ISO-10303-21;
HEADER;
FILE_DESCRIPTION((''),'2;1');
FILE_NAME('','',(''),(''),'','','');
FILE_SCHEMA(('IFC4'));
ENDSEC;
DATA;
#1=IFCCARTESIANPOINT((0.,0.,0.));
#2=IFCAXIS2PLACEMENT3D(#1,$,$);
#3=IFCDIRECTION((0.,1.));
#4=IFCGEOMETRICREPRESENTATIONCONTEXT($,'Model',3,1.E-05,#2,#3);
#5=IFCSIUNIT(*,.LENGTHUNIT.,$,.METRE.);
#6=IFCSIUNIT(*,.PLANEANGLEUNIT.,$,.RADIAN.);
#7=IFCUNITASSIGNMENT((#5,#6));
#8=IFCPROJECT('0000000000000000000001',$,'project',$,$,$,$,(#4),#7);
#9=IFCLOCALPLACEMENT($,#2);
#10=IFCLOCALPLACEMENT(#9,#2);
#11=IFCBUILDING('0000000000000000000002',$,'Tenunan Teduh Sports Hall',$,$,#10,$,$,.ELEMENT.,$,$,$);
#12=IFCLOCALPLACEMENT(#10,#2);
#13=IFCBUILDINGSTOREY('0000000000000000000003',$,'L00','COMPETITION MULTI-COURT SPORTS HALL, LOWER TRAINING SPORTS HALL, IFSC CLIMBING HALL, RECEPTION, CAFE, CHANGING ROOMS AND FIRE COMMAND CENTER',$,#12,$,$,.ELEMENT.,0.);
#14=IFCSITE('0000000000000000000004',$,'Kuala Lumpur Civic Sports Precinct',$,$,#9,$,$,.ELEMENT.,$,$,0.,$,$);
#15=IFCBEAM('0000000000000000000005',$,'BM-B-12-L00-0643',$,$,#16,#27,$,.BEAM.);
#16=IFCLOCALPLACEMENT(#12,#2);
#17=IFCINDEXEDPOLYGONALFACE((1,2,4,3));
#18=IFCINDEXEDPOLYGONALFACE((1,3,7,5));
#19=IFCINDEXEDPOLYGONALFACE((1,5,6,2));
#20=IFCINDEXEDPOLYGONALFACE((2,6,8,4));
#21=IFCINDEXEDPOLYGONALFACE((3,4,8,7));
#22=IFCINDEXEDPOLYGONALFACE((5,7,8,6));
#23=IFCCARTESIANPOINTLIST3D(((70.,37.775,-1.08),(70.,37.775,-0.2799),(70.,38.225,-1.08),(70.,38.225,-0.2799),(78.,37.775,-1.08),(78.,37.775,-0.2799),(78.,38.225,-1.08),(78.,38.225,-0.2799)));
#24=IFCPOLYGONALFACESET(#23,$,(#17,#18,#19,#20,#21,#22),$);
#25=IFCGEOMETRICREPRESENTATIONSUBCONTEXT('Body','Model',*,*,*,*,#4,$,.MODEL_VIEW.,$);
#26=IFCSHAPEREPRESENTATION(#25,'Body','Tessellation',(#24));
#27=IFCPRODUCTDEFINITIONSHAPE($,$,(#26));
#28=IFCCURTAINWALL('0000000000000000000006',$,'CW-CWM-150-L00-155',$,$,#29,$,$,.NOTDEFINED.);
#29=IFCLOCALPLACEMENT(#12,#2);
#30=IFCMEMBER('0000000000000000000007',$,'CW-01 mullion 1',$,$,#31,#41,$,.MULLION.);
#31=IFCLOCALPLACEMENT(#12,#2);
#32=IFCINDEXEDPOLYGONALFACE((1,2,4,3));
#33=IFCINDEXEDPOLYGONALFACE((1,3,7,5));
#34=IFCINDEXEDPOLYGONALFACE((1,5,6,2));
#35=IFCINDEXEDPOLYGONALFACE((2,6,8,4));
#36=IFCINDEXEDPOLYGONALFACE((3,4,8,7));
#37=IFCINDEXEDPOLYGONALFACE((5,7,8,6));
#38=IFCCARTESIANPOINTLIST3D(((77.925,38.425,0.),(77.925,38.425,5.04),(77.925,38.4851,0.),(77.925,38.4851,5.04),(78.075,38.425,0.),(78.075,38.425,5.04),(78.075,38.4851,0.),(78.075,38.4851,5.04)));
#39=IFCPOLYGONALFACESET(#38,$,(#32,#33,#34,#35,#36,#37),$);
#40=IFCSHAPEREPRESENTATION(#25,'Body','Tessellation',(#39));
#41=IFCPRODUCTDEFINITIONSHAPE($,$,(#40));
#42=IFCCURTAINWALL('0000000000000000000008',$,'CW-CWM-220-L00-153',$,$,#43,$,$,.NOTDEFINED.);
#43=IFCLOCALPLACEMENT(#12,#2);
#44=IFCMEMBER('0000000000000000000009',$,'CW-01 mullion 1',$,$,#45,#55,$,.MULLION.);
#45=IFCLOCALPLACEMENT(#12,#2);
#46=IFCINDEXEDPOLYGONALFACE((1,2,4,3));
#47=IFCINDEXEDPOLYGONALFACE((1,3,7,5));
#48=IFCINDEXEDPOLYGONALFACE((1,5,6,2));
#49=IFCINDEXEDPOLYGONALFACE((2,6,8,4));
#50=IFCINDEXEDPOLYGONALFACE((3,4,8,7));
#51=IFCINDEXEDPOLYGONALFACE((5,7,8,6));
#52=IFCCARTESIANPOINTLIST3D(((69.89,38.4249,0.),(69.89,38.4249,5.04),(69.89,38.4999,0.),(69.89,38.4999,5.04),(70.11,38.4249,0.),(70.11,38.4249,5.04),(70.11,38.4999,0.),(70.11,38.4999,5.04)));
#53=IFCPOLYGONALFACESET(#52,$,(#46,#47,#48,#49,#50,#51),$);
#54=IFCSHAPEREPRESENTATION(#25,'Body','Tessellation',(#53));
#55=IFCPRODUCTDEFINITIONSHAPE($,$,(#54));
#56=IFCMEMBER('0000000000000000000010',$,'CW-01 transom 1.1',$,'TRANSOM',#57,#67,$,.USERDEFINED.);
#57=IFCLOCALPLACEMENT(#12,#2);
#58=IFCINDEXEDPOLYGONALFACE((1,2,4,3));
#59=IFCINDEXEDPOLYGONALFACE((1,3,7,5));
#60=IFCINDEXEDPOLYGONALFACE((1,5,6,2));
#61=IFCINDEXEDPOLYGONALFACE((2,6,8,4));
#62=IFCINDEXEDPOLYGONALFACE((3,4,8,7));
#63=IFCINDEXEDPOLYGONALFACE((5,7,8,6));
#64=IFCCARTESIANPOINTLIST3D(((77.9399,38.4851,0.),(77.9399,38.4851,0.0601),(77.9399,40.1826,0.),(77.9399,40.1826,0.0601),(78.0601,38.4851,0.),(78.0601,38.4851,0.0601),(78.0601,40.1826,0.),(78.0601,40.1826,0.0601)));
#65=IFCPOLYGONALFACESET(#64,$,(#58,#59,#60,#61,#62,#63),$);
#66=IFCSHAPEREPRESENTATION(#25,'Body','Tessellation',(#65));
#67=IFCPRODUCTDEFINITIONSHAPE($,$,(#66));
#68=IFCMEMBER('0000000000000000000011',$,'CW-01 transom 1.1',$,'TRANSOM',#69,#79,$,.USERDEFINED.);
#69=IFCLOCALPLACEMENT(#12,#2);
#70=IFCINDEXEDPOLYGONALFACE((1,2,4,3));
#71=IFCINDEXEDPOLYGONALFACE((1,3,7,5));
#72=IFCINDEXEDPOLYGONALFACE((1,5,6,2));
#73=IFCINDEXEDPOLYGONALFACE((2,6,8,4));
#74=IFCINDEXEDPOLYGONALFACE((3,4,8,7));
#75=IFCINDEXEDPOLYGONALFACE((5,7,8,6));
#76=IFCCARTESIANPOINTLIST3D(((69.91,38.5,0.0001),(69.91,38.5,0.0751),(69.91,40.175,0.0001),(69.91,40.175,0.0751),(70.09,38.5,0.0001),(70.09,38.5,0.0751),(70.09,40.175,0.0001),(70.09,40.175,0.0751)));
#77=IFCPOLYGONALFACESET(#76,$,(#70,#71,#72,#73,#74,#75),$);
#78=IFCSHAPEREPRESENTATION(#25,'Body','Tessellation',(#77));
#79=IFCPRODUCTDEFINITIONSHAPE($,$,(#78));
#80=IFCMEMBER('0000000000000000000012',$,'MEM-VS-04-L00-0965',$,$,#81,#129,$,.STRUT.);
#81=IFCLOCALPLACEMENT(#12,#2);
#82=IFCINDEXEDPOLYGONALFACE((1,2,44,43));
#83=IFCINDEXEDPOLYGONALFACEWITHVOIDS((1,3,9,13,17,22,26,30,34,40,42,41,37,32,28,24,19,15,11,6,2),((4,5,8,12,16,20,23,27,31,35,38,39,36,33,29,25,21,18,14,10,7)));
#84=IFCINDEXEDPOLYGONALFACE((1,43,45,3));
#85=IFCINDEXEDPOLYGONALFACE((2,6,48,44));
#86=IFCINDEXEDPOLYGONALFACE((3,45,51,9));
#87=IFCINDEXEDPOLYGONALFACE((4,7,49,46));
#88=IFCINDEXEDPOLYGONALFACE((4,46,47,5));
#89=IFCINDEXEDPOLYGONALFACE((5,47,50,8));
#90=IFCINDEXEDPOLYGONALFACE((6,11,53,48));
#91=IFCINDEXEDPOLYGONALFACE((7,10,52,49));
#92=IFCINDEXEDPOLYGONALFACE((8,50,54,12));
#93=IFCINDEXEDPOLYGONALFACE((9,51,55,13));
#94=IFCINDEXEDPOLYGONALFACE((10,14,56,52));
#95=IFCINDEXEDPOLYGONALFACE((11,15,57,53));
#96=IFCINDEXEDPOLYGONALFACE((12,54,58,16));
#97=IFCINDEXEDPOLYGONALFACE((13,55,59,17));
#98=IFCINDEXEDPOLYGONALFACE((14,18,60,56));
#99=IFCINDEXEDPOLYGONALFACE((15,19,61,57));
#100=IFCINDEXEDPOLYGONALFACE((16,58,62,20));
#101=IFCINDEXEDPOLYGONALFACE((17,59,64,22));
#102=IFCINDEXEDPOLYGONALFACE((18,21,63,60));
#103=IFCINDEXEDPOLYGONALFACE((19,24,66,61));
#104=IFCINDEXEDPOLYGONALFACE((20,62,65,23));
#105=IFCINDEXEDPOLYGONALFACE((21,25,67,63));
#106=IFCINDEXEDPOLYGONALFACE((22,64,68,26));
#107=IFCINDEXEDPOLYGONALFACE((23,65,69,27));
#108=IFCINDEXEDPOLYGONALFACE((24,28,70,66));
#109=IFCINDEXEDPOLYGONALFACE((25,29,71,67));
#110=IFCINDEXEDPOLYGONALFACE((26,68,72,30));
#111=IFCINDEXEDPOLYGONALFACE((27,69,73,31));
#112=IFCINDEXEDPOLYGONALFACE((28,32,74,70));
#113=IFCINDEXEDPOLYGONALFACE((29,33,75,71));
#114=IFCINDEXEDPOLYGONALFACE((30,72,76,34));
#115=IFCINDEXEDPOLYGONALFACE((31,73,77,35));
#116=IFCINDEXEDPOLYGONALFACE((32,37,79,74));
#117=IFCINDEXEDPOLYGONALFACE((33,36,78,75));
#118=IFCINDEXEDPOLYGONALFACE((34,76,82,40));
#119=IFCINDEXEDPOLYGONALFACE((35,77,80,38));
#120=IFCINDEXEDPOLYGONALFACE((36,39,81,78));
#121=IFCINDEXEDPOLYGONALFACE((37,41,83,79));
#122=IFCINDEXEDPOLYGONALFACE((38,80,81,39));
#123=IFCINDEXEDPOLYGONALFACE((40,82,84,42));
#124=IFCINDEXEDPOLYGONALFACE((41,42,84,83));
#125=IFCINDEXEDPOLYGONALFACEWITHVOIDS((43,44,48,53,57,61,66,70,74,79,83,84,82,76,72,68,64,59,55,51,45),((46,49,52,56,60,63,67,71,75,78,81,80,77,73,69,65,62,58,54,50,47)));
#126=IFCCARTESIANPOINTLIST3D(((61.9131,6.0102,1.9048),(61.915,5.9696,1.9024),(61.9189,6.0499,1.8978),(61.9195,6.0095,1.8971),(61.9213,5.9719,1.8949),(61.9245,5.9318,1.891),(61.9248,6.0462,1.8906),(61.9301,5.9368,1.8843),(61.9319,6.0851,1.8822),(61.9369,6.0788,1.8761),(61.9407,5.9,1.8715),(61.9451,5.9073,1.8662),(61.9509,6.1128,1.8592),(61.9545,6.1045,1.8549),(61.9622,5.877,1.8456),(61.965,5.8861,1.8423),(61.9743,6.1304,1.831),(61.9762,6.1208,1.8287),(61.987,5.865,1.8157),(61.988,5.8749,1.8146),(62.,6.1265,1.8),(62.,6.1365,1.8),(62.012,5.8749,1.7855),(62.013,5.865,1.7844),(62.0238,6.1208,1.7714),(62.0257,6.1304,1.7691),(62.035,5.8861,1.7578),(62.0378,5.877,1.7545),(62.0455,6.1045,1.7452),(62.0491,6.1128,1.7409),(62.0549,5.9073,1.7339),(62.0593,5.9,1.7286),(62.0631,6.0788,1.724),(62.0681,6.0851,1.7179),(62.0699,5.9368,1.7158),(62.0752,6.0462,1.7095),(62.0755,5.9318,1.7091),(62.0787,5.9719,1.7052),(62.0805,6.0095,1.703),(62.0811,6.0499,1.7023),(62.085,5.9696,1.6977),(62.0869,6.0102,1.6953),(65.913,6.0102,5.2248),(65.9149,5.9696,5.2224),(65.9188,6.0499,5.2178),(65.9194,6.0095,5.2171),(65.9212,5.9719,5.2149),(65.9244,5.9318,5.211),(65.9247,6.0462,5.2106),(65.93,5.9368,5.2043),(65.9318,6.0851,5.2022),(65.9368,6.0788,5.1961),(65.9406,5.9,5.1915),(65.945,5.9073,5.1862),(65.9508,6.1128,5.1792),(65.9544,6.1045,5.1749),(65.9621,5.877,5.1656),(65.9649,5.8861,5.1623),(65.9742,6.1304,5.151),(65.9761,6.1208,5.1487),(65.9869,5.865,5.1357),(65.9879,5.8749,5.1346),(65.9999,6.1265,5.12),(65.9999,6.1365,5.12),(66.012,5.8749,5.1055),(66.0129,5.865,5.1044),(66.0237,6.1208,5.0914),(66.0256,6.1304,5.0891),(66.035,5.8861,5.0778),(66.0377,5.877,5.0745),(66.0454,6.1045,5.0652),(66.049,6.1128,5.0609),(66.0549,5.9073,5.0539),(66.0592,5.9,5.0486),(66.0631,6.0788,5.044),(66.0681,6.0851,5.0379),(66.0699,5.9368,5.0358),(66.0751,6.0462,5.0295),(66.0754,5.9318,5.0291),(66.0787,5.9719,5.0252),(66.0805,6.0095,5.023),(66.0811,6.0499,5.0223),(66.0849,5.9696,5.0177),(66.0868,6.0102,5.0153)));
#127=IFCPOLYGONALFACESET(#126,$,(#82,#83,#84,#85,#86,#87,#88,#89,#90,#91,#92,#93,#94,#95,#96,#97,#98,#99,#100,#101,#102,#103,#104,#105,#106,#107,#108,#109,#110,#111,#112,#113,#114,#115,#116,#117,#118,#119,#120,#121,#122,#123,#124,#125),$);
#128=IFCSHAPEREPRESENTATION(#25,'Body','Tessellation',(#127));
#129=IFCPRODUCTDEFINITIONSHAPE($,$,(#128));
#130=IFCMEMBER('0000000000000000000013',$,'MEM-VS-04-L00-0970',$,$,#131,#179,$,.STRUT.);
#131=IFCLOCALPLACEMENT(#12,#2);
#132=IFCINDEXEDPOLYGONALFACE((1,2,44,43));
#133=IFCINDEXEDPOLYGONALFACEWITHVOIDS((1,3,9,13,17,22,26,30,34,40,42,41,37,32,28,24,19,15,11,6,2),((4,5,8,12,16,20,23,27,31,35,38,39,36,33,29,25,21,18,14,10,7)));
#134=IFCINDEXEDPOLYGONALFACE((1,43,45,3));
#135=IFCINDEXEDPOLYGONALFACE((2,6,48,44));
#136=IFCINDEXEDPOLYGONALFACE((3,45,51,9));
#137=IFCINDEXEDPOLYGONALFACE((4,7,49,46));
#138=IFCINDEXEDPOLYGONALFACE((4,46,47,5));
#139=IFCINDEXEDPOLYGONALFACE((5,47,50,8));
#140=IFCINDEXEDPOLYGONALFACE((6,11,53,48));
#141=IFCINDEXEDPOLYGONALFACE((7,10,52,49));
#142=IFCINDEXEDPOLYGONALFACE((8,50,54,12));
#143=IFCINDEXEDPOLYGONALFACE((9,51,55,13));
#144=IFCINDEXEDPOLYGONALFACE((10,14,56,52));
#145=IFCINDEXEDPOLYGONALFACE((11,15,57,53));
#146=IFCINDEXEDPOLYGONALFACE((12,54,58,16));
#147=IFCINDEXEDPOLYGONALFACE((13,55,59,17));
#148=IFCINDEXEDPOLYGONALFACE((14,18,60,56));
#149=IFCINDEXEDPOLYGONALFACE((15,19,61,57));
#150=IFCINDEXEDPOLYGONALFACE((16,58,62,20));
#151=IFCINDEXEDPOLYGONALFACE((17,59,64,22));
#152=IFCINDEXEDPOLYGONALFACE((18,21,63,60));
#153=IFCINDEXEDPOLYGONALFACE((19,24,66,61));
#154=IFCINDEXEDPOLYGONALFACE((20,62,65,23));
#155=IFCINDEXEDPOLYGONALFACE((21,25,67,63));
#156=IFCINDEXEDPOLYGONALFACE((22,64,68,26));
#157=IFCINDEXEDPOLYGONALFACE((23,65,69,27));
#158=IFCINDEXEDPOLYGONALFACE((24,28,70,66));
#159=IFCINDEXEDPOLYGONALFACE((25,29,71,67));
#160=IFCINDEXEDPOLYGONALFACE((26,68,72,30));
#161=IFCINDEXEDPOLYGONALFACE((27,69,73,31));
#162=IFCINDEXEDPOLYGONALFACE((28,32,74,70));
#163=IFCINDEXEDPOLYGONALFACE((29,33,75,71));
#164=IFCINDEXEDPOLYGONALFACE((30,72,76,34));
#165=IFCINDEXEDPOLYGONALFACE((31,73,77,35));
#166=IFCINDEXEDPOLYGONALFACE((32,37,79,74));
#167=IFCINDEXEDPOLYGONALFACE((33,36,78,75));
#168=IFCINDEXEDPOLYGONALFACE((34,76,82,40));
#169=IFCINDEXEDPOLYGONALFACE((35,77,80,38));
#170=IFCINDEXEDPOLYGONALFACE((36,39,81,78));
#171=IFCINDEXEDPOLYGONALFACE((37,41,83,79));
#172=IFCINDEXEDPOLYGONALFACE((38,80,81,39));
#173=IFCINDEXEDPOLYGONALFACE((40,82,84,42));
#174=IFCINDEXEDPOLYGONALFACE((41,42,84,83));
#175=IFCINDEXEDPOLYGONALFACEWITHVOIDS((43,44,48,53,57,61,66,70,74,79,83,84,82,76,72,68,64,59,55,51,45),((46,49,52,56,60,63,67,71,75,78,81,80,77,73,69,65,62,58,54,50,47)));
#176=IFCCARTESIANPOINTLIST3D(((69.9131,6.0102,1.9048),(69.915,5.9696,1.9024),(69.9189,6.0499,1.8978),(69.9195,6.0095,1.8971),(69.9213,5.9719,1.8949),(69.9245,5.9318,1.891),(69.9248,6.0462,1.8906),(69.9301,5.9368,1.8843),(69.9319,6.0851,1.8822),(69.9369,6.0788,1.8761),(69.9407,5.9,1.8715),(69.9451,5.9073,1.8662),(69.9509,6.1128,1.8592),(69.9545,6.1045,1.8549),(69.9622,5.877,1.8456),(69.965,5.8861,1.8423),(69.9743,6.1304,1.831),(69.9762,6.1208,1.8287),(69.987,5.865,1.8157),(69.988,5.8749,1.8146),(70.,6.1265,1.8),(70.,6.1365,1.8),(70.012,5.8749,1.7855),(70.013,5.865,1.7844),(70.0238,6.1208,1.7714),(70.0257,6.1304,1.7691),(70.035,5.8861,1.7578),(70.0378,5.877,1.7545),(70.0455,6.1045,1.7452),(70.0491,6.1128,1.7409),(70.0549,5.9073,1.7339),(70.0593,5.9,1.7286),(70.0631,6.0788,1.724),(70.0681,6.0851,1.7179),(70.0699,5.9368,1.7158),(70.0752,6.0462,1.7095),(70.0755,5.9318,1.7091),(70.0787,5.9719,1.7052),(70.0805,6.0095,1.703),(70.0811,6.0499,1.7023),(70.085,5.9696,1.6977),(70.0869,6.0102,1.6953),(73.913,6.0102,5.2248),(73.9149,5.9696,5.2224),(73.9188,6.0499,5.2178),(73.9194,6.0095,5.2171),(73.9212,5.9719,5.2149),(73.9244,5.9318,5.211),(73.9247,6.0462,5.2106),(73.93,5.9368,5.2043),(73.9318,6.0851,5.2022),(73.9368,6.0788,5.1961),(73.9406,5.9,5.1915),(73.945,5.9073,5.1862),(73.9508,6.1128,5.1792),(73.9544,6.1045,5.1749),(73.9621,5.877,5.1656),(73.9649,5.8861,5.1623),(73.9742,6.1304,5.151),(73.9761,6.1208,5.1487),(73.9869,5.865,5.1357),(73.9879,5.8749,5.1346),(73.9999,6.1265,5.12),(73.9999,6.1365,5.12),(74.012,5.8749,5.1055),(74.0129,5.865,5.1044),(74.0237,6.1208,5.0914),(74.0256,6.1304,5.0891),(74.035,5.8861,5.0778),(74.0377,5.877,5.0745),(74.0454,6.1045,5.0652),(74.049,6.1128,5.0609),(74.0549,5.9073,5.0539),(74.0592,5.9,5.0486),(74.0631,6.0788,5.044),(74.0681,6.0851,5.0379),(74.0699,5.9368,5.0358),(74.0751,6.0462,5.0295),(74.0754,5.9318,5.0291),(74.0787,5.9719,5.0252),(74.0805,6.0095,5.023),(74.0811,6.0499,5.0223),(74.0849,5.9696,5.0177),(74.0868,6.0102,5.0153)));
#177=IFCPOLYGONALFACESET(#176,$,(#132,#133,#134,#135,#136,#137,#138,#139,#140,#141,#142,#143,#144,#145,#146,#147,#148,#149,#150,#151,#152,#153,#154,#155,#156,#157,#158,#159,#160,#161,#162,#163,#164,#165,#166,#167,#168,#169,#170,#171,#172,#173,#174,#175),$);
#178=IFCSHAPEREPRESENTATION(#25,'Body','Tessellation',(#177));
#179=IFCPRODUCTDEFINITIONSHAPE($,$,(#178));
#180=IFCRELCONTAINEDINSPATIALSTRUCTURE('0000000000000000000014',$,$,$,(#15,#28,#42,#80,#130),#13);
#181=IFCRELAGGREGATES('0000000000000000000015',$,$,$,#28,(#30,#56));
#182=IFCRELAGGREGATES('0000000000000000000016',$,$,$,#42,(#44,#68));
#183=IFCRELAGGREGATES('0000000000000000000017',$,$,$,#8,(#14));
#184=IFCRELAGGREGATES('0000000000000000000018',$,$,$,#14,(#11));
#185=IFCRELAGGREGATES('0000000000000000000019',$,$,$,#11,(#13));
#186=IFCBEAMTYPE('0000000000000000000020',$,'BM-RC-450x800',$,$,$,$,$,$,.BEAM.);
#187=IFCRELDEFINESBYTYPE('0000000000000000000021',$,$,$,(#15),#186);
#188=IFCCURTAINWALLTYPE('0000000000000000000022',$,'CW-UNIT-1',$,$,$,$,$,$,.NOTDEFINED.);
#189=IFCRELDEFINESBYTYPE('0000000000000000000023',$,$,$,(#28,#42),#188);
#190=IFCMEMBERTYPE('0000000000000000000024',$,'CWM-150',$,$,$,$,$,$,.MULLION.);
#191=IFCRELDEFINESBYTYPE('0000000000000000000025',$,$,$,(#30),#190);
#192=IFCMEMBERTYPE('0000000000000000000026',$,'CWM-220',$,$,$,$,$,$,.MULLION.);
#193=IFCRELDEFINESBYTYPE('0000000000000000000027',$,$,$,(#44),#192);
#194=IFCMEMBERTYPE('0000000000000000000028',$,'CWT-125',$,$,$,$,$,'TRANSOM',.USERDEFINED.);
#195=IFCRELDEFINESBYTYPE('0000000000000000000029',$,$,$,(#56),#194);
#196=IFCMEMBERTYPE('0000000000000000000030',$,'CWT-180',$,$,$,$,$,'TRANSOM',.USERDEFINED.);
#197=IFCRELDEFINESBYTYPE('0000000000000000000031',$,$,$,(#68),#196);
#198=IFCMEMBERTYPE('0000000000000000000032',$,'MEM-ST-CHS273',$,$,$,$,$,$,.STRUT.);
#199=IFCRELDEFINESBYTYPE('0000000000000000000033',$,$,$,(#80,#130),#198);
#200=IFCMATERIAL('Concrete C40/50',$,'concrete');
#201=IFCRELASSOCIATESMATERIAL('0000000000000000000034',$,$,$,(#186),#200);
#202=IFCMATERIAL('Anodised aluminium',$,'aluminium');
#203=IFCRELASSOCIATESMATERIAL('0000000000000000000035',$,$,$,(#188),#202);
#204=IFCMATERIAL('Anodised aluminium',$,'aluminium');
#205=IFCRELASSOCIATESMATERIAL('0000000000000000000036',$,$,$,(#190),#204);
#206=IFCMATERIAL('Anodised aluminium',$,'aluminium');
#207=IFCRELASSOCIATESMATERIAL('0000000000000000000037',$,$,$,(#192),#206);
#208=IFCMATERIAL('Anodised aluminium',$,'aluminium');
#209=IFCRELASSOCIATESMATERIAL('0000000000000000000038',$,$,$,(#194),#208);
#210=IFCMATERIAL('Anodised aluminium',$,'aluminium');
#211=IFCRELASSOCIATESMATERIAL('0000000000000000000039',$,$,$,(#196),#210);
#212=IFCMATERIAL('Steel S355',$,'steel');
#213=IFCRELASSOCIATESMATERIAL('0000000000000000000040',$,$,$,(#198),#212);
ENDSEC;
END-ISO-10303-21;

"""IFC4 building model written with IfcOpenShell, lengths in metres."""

from ifc_helpers import new_model, si_unit, direction, frame, origin, origin_2d, place, context, subcontext, project, spatial, rectangle, hollow_circle, extrude, material, material_profile, profile_set, type_object, element, aggregate, save


model = new_model("IFC4")

# Units and contexts
model_context = context("Model", 3, precision=1e-05, world=origin(), true_north=direction((0.0, 1.0)))
body_context = subcontext(model_context, "Body", "Model", "MODEL_VIEW")
ifc_project = project(units=[si_unit("LENGTHUNIT", "METRE"), si_unit("PLANEANGLEUNIT", "RADIAN")], contexts=[model_context])

# Site, building, storey
site_placement = place(None, origin())
site = spatial("IfcSite", under=ifc_project, at=site_placement, Name="Kuala Lumpur Civic Sports Precinct", CompositionType="ELEMENT", RefElevation=0.0)
building_placement = place(site_placement, origin())
building = spatial("IfcBuilding", under=site, at=building_placement, Name="Tenunan Teduh Sports Hall", CompositionType="ELEMENT")
storey_placement = place(building_placement, origin())
storey = spatial("IfcBuildingStorey", under=building, at=storey_placement, Name="L00", Description="COMPETITION MULTI-COURT SPORTS HALL, LOWER TRAINING SPORTS HALL, IFSC CLIMBING HALL, RECEPTION, CAFE, CHANGING ROOMS AND FIRE COMMAND CENTER", CompositionType="ELEMENT", Elevation=0.0)

# Beam
ifc_material_1 = material(Name="Concrete C40/50", Category="concrete")
ifc_material_profile_1 = material_profile(ifc_material_1, rectangle(XDim=0.45, YDim=0.8, at=origin_2d()), Name="RCB 450x800")
ifc_profile_set_1 = profile_set([ifc_material_profile_1], Name="Concrete C40/50")
beam_type_1 = type_object("IfcBeamType", Name="BM-RC-450x800", PredefinedType="BEAM", material=ifc_profile_set_1)
beam_1_placement = place(storey_placement, frame((70.0, 38.0, -0.6799), z_axis=(1.0, 0.0, 0.0), x_axis=(0.0, 1.0, 0.0)))
element("IfcBeam", 1, at=beam_1_placement, inside=storey, type_object=beam_type_1, Name="BM-B-12-L00-0643", PredefinedType="BEAM", context=body_context, shape_type="SweptSolid", body=[
    extrude(rectangle(XDim=0.45, YDim=0.8, at=origin_2d()), origin(), (0.0, 0.0, 1.0), 8.0),
])

# Curtain walls, members
ifc_material_2 = material(Name="Anodised aluminium", Category="aluminium")
curtain_wall_type = type_object("IfcCurtainWallType", Name="CW-UNIT-1", PredefinedType="NOTDEFINED", material=ifc_material_2)
curtain_wall_1_placement = place(storey_placement, origin())
curtain_wall_1 = element("IfcCurtainWall", 2, at=curtain_wall_1_placement, inside=storey, type_object=curtain_wall_type, Name="CW-CWM-150-L00-155", PredefinedType="NOTDEFINED")
ifc_material_3 = material(Name="Anodised aluminium", Category="aluminium")
ifc_material_profile_2 = material_profile(ifc_material_3, rectangle(XDim=0.0601, YDim=0.1499, at=origin_2d()), Name="CWM 60x150")
ifc_profile_set_2 = profile_set([ifc_material_profile_2], Name="Anodised aluminium")
member_type_1 = type_object("IfcMemberType", Name="CWM-150", PredefinedType="MULLION", material=ifc_profile_set_2)
member_1_placement = place(storey_placement, frame((78.0, 38.4551, 0.0), z_axis=(0.0, 0.0, 1.0), x_axis=(0.0, 1.0, 0.0)))
member_1 = element("IfcMember", 3, at=member_1_placement, type_object=member_type_1, Name="CW-01 mullion 1", PredefinedType="MULLION", context=body_context, shape_type="SweptSolid", body=[
    extrude(rectangle(XDim=0.0601, YDim=0.1499, at=origin_2d()), origin(), (0.0, 0.0, 1.0), 5.04),
])
curtain_wall_2_placement = place(storey_placement, origin())
curtain_wall_2 = element("IfcCurtainWall", 4, at=curtain_wall_2_placement, inside=storey, type_object=curtain_wall_type, Name="CW-CWM-220-L00-153", PredefinedType="NOTDEFINED")
ifc_material_4 = material(Name="Anodised aluminium", Category="aluminium")
ifc_material_profile_3 = material_profile(ifc_material_4, rectangle(XDim=0.075, YDim=0.22, at=origin_2d()), Name="CWM 75x220")
ifc_profile_set_3 = profile_set([ifc_material_profile_3], Name="Anodised aluminium")
member_type_2 = type_object("IfcMemberType", Name="CWM-220", PredefinedType="MULLION", material=ifc_profile_set_3)
member_2_placement = place(storey_placement, frame((70.0, 38.4624, 0.0), z_axis=(0.0, 0.0, 1.0), x_axis=(0.0, 1.0, 0.0)))
member_2 = element("IfcMember", 5, at=member_2_placement, type_object=member_type_2, Name="CW-01 mullion 1", PredefinedType="MULLION", context=body_context, shape_type="SweptSolid", body=[
    extrude(rectangle(XDim=0.075, YDim=0.22, at=origin_2d()), origin(), (0.0, 0.0, 1.0), 5.04),
])

# Members
ifc_material_5 = material(Name="Anodised aluminium", Category="aluminium")
ifc_material_profile_4 = material_profile(ifc_material_5, rectangle(XDim=0.0601, YDim=0.1201, at=origin_2d()), Name="CWT 60x120")
ifc_profile_set_4 = profile_set([ifc_material_profile_4], Name="Anodised aluminium")
member_type_3 = type_object("IfcMemberType", Name="CWT-125", ElementType="TRANSOM", PredefinedType="USERDEFINED", material=ifc_profile_set_4)
member_3_placement = place(storey_placement, frame((78.0, 38.4851, 0.03), z_axis=(0.0, 1.0, 0.0), x_axis=(0.0, 0.0, 1.0)))
member_3 = element("IfcMember", 6, at=member_3_placement, type_object=member_type_3, Name="CW-01 transom 1.1", ObjectType="TRANSOM", PredefinedType="USERDEFINED", context=body_context, shape_type="SweptSolid", body=[
    extrude(rectangle(XDim=0.0601, YDim=0.1201, at=origin_2d()), origin(), (0.0, 0.0, 1.0), 1.6975),
])
aggregate(curtain_wall_1, [member_1, member_3])
ifc_material_6 = material(Name="Anodised aluminium", Category="aluminium")
ifc_material_profile_5 = material_profile(ifc_material_6, rectangle(XDim=0.075, YDim=0.1799, at=origin_2d()), Name="CWT 75x180")
ifc_profile_set_5 = profile_set([ifc_material_profile_5], Name="Anodised aluminium")
member_type_4 = type_object("IfcMemberType", Name="CWT-180", ElementType="TRANSOM", PredefinedType="USERDEFINED", material=ifc_profile_set_5)
member_4_placement = place(storey_placement, frame((70.0, 38.5, 0.0376), z_axis=(0.0, 1.0, 0.0), x_axis=(0.0, 0.0, 1.0)))
member_4 = element("IfcMember", 7, at=member_4_placement, type_object=member_type_4, Name="CW-01 transom 1.1", ObjectType="TRANSOM", PredefinedType="USERDEFINED", context=body_context, shape_type="SweptSolid", body=[
    extrude(rectangle(XDim=0.075, YDim=0.1799, at=origin_2d()), origin(), (0.0, 0.0, 1.0), 1.675),
])
aggregate(curtain_wall_2, [member_2, member_4])

# Members
ifc_material_7 = material(Name="Steel S355", Category="steel")
ifc_material_profile_6 = material_profile(ifc_material_7, hollow_circle(Radius=0.1365, WallThickness=0.01, at=origin_2d()), Name="CHS 273.0x10.0")
ifc_profile_set_6 = profile_set([ifc_material_profile_6], Name="Steel S355")
member_type_5 = type_object("IfcMemberType", Name="MEM-ST-CHS273", PredefinedType="STRUT", material=ifc_profile_set_6)
for number, where, z_axis, x_axis, name in (
    (8, (62.0, 6.0, 1.8), (0.769475, 0.0, 0.638677), (0.0, 1.0, 0.0), "MEM-VS-04-L00-0965"),
    (9, (70.0, 6.0, 1.8), (0.769475, 0.0, 0.638677), (0.0, 1.0, 0.0), "MEM-VS-04-L00-0970"),
):
    element("IfcMember", number, at=place(storey_placement, frame(where, z_axis=z_axis, x_axis=x_axis)), inside=storey, type_object=member_type_5, Name=name, PredefinedType="STRUT", context=body_context, shape_type="SweptSolid", body=[
        extrude(hollow_circle(Radius=0.1365, WallThickness=0.01, at=origin_2d()), origin(), (0.0, 0.0, 1.0), 5.1982),
    ])

save(model, "model.ifc")
